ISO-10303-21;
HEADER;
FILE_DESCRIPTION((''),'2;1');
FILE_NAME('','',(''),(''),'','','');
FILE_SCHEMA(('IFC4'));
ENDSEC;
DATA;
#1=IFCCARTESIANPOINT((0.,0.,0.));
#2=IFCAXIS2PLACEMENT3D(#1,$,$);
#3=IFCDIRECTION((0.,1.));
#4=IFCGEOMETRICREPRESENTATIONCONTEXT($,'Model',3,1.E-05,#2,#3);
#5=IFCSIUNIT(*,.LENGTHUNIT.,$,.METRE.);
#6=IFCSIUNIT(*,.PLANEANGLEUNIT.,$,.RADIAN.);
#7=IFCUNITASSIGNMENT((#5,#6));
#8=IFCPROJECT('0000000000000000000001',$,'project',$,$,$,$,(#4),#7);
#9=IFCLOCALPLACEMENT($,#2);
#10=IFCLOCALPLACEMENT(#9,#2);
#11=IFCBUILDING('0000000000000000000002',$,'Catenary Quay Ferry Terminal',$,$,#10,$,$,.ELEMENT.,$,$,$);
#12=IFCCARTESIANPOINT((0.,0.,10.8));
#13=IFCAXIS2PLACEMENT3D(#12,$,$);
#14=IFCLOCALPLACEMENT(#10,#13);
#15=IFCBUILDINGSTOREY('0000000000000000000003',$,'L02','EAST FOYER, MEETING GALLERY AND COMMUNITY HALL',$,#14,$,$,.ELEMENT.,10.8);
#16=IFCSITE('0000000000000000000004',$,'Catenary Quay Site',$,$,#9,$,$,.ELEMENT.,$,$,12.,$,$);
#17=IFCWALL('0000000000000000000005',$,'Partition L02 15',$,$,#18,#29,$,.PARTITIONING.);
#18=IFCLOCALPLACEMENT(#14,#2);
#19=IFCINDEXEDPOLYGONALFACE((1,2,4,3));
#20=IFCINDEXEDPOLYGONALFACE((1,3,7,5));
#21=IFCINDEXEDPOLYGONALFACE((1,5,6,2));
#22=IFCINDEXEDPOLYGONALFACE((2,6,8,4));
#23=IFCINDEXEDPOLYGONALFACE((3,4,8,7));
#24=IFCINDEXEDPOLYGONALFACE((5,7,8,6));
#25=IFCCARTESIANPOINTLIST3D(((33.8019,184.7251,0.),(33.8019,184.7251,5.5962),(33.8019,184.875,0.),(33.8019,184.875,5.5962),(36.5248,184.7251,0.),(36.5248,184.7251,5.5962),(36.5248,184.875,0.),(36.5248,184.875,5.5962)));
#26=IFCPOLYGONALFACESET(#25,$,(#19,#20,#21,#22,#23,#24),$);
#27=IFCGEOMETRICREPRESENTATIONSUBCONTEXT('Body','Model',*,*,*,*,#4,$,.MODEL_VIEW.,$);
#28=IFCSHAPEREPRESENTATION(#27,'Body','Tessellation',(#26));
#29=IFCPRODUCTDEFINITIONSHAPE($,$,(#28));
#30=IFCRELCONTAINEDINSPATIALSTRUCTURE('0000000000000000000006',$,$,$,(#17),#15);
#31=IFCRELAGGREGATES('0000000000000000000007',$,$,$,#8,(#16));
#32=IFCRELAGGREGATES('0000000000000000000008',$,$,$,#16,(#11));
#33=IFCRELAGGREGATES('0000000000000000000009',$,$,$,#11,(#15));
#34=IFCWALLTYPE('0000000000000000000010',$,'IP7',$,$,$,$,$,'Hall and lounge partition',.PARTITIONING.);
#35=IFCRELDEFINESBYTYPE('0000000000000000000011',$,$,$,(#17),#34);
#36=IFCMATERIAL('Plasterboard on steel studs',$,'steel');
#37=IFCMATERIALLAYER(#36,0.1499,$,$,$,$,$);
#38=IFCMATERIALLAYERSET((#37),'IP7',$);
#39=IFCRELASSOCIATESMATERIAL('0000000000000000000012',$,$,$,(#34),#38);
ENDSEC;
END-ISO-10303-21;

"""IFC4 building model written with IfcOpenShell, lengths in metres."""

from ifc_helpers import new_model, si_unit, direction, frame, frame_2d, origin, place, context, subcontext, project, spatial, rectangle, extrude, material, layer, layer_set, type_object, element, save


model = new_model("IFC4")

# Units and contexts
model_context = context("Model", 3, precision=1e-05, world=origin(), true_north=direction((0.0, 1.0)))
body_context = subcontext(model_context, "Body", "Model", "MODEL_VIEW")
ifc_project = project(units=[si_unit("LENGTHUNIT", "METRE"), si_unit("PLANEANGLEUNIT", "RADIAN")], contexts=[model_context])

# Site, building, storey
site_placement = place(None, origin())
site = spatial("IfcSite", under=ifc_project, at=site_placement, Name="Catenary Quay Site", CompositionType="ELEMENT", RefElevation=12.0)
building_placement = place(site_placement, origin())
building = spatial("IfcBuilding", under=site, at=building_placement, Name="Catenary Quay Ferry Terminal", CompositionType="ELEMENT")
storey_placement = place(building_placement, frame((0.0, 0.0, 10.8)))
storey = spatial("IfcBuildingStorey", under=building, at=storey_placement, Name="L02", Description="EAST FOYER, MEETING GALLERY AND COMMUNITY HALL", CompositionType="ELEMENT", Elevation=10.8)

# Wall
ifc_material_1 = material(Name="Plasterboard on steel studs", Category="steel")
ifc_layer_1 = layer(ifc_material_1, 0.1499)
ifc_layer_set_1 = layer_set([ifc_layer_1], Name="IP7")
wall_type = type_object("IfcWallType", Name="IP7", ElementType="Hall and lounge partition", PredefinedType="PARTITIONING", material=ifc_layer_set_1)
wall_1_placement = place(storey_placement, frame((33.802, 184.8, 0.0), z_axis=(0.0, 0.0, 1.0), x_axis=(1.0, 0.0, 0.0)))
element("IfcWall", 1, at=wall_1_placement, inside=storey, type_object=wall_type, Name="Partition L02 15", PredefinedType="PARTITIONING", context=body_context, shape_type="SweptSolid", body=[
    extrude(rectangle(XDim=2.7229, YDim=0.1499, at=frame_2d((1.3613, 0.0))), origin(), (0.0, 0.0, 1.0), 5.5962),
])

save(model, "model.ifc")
